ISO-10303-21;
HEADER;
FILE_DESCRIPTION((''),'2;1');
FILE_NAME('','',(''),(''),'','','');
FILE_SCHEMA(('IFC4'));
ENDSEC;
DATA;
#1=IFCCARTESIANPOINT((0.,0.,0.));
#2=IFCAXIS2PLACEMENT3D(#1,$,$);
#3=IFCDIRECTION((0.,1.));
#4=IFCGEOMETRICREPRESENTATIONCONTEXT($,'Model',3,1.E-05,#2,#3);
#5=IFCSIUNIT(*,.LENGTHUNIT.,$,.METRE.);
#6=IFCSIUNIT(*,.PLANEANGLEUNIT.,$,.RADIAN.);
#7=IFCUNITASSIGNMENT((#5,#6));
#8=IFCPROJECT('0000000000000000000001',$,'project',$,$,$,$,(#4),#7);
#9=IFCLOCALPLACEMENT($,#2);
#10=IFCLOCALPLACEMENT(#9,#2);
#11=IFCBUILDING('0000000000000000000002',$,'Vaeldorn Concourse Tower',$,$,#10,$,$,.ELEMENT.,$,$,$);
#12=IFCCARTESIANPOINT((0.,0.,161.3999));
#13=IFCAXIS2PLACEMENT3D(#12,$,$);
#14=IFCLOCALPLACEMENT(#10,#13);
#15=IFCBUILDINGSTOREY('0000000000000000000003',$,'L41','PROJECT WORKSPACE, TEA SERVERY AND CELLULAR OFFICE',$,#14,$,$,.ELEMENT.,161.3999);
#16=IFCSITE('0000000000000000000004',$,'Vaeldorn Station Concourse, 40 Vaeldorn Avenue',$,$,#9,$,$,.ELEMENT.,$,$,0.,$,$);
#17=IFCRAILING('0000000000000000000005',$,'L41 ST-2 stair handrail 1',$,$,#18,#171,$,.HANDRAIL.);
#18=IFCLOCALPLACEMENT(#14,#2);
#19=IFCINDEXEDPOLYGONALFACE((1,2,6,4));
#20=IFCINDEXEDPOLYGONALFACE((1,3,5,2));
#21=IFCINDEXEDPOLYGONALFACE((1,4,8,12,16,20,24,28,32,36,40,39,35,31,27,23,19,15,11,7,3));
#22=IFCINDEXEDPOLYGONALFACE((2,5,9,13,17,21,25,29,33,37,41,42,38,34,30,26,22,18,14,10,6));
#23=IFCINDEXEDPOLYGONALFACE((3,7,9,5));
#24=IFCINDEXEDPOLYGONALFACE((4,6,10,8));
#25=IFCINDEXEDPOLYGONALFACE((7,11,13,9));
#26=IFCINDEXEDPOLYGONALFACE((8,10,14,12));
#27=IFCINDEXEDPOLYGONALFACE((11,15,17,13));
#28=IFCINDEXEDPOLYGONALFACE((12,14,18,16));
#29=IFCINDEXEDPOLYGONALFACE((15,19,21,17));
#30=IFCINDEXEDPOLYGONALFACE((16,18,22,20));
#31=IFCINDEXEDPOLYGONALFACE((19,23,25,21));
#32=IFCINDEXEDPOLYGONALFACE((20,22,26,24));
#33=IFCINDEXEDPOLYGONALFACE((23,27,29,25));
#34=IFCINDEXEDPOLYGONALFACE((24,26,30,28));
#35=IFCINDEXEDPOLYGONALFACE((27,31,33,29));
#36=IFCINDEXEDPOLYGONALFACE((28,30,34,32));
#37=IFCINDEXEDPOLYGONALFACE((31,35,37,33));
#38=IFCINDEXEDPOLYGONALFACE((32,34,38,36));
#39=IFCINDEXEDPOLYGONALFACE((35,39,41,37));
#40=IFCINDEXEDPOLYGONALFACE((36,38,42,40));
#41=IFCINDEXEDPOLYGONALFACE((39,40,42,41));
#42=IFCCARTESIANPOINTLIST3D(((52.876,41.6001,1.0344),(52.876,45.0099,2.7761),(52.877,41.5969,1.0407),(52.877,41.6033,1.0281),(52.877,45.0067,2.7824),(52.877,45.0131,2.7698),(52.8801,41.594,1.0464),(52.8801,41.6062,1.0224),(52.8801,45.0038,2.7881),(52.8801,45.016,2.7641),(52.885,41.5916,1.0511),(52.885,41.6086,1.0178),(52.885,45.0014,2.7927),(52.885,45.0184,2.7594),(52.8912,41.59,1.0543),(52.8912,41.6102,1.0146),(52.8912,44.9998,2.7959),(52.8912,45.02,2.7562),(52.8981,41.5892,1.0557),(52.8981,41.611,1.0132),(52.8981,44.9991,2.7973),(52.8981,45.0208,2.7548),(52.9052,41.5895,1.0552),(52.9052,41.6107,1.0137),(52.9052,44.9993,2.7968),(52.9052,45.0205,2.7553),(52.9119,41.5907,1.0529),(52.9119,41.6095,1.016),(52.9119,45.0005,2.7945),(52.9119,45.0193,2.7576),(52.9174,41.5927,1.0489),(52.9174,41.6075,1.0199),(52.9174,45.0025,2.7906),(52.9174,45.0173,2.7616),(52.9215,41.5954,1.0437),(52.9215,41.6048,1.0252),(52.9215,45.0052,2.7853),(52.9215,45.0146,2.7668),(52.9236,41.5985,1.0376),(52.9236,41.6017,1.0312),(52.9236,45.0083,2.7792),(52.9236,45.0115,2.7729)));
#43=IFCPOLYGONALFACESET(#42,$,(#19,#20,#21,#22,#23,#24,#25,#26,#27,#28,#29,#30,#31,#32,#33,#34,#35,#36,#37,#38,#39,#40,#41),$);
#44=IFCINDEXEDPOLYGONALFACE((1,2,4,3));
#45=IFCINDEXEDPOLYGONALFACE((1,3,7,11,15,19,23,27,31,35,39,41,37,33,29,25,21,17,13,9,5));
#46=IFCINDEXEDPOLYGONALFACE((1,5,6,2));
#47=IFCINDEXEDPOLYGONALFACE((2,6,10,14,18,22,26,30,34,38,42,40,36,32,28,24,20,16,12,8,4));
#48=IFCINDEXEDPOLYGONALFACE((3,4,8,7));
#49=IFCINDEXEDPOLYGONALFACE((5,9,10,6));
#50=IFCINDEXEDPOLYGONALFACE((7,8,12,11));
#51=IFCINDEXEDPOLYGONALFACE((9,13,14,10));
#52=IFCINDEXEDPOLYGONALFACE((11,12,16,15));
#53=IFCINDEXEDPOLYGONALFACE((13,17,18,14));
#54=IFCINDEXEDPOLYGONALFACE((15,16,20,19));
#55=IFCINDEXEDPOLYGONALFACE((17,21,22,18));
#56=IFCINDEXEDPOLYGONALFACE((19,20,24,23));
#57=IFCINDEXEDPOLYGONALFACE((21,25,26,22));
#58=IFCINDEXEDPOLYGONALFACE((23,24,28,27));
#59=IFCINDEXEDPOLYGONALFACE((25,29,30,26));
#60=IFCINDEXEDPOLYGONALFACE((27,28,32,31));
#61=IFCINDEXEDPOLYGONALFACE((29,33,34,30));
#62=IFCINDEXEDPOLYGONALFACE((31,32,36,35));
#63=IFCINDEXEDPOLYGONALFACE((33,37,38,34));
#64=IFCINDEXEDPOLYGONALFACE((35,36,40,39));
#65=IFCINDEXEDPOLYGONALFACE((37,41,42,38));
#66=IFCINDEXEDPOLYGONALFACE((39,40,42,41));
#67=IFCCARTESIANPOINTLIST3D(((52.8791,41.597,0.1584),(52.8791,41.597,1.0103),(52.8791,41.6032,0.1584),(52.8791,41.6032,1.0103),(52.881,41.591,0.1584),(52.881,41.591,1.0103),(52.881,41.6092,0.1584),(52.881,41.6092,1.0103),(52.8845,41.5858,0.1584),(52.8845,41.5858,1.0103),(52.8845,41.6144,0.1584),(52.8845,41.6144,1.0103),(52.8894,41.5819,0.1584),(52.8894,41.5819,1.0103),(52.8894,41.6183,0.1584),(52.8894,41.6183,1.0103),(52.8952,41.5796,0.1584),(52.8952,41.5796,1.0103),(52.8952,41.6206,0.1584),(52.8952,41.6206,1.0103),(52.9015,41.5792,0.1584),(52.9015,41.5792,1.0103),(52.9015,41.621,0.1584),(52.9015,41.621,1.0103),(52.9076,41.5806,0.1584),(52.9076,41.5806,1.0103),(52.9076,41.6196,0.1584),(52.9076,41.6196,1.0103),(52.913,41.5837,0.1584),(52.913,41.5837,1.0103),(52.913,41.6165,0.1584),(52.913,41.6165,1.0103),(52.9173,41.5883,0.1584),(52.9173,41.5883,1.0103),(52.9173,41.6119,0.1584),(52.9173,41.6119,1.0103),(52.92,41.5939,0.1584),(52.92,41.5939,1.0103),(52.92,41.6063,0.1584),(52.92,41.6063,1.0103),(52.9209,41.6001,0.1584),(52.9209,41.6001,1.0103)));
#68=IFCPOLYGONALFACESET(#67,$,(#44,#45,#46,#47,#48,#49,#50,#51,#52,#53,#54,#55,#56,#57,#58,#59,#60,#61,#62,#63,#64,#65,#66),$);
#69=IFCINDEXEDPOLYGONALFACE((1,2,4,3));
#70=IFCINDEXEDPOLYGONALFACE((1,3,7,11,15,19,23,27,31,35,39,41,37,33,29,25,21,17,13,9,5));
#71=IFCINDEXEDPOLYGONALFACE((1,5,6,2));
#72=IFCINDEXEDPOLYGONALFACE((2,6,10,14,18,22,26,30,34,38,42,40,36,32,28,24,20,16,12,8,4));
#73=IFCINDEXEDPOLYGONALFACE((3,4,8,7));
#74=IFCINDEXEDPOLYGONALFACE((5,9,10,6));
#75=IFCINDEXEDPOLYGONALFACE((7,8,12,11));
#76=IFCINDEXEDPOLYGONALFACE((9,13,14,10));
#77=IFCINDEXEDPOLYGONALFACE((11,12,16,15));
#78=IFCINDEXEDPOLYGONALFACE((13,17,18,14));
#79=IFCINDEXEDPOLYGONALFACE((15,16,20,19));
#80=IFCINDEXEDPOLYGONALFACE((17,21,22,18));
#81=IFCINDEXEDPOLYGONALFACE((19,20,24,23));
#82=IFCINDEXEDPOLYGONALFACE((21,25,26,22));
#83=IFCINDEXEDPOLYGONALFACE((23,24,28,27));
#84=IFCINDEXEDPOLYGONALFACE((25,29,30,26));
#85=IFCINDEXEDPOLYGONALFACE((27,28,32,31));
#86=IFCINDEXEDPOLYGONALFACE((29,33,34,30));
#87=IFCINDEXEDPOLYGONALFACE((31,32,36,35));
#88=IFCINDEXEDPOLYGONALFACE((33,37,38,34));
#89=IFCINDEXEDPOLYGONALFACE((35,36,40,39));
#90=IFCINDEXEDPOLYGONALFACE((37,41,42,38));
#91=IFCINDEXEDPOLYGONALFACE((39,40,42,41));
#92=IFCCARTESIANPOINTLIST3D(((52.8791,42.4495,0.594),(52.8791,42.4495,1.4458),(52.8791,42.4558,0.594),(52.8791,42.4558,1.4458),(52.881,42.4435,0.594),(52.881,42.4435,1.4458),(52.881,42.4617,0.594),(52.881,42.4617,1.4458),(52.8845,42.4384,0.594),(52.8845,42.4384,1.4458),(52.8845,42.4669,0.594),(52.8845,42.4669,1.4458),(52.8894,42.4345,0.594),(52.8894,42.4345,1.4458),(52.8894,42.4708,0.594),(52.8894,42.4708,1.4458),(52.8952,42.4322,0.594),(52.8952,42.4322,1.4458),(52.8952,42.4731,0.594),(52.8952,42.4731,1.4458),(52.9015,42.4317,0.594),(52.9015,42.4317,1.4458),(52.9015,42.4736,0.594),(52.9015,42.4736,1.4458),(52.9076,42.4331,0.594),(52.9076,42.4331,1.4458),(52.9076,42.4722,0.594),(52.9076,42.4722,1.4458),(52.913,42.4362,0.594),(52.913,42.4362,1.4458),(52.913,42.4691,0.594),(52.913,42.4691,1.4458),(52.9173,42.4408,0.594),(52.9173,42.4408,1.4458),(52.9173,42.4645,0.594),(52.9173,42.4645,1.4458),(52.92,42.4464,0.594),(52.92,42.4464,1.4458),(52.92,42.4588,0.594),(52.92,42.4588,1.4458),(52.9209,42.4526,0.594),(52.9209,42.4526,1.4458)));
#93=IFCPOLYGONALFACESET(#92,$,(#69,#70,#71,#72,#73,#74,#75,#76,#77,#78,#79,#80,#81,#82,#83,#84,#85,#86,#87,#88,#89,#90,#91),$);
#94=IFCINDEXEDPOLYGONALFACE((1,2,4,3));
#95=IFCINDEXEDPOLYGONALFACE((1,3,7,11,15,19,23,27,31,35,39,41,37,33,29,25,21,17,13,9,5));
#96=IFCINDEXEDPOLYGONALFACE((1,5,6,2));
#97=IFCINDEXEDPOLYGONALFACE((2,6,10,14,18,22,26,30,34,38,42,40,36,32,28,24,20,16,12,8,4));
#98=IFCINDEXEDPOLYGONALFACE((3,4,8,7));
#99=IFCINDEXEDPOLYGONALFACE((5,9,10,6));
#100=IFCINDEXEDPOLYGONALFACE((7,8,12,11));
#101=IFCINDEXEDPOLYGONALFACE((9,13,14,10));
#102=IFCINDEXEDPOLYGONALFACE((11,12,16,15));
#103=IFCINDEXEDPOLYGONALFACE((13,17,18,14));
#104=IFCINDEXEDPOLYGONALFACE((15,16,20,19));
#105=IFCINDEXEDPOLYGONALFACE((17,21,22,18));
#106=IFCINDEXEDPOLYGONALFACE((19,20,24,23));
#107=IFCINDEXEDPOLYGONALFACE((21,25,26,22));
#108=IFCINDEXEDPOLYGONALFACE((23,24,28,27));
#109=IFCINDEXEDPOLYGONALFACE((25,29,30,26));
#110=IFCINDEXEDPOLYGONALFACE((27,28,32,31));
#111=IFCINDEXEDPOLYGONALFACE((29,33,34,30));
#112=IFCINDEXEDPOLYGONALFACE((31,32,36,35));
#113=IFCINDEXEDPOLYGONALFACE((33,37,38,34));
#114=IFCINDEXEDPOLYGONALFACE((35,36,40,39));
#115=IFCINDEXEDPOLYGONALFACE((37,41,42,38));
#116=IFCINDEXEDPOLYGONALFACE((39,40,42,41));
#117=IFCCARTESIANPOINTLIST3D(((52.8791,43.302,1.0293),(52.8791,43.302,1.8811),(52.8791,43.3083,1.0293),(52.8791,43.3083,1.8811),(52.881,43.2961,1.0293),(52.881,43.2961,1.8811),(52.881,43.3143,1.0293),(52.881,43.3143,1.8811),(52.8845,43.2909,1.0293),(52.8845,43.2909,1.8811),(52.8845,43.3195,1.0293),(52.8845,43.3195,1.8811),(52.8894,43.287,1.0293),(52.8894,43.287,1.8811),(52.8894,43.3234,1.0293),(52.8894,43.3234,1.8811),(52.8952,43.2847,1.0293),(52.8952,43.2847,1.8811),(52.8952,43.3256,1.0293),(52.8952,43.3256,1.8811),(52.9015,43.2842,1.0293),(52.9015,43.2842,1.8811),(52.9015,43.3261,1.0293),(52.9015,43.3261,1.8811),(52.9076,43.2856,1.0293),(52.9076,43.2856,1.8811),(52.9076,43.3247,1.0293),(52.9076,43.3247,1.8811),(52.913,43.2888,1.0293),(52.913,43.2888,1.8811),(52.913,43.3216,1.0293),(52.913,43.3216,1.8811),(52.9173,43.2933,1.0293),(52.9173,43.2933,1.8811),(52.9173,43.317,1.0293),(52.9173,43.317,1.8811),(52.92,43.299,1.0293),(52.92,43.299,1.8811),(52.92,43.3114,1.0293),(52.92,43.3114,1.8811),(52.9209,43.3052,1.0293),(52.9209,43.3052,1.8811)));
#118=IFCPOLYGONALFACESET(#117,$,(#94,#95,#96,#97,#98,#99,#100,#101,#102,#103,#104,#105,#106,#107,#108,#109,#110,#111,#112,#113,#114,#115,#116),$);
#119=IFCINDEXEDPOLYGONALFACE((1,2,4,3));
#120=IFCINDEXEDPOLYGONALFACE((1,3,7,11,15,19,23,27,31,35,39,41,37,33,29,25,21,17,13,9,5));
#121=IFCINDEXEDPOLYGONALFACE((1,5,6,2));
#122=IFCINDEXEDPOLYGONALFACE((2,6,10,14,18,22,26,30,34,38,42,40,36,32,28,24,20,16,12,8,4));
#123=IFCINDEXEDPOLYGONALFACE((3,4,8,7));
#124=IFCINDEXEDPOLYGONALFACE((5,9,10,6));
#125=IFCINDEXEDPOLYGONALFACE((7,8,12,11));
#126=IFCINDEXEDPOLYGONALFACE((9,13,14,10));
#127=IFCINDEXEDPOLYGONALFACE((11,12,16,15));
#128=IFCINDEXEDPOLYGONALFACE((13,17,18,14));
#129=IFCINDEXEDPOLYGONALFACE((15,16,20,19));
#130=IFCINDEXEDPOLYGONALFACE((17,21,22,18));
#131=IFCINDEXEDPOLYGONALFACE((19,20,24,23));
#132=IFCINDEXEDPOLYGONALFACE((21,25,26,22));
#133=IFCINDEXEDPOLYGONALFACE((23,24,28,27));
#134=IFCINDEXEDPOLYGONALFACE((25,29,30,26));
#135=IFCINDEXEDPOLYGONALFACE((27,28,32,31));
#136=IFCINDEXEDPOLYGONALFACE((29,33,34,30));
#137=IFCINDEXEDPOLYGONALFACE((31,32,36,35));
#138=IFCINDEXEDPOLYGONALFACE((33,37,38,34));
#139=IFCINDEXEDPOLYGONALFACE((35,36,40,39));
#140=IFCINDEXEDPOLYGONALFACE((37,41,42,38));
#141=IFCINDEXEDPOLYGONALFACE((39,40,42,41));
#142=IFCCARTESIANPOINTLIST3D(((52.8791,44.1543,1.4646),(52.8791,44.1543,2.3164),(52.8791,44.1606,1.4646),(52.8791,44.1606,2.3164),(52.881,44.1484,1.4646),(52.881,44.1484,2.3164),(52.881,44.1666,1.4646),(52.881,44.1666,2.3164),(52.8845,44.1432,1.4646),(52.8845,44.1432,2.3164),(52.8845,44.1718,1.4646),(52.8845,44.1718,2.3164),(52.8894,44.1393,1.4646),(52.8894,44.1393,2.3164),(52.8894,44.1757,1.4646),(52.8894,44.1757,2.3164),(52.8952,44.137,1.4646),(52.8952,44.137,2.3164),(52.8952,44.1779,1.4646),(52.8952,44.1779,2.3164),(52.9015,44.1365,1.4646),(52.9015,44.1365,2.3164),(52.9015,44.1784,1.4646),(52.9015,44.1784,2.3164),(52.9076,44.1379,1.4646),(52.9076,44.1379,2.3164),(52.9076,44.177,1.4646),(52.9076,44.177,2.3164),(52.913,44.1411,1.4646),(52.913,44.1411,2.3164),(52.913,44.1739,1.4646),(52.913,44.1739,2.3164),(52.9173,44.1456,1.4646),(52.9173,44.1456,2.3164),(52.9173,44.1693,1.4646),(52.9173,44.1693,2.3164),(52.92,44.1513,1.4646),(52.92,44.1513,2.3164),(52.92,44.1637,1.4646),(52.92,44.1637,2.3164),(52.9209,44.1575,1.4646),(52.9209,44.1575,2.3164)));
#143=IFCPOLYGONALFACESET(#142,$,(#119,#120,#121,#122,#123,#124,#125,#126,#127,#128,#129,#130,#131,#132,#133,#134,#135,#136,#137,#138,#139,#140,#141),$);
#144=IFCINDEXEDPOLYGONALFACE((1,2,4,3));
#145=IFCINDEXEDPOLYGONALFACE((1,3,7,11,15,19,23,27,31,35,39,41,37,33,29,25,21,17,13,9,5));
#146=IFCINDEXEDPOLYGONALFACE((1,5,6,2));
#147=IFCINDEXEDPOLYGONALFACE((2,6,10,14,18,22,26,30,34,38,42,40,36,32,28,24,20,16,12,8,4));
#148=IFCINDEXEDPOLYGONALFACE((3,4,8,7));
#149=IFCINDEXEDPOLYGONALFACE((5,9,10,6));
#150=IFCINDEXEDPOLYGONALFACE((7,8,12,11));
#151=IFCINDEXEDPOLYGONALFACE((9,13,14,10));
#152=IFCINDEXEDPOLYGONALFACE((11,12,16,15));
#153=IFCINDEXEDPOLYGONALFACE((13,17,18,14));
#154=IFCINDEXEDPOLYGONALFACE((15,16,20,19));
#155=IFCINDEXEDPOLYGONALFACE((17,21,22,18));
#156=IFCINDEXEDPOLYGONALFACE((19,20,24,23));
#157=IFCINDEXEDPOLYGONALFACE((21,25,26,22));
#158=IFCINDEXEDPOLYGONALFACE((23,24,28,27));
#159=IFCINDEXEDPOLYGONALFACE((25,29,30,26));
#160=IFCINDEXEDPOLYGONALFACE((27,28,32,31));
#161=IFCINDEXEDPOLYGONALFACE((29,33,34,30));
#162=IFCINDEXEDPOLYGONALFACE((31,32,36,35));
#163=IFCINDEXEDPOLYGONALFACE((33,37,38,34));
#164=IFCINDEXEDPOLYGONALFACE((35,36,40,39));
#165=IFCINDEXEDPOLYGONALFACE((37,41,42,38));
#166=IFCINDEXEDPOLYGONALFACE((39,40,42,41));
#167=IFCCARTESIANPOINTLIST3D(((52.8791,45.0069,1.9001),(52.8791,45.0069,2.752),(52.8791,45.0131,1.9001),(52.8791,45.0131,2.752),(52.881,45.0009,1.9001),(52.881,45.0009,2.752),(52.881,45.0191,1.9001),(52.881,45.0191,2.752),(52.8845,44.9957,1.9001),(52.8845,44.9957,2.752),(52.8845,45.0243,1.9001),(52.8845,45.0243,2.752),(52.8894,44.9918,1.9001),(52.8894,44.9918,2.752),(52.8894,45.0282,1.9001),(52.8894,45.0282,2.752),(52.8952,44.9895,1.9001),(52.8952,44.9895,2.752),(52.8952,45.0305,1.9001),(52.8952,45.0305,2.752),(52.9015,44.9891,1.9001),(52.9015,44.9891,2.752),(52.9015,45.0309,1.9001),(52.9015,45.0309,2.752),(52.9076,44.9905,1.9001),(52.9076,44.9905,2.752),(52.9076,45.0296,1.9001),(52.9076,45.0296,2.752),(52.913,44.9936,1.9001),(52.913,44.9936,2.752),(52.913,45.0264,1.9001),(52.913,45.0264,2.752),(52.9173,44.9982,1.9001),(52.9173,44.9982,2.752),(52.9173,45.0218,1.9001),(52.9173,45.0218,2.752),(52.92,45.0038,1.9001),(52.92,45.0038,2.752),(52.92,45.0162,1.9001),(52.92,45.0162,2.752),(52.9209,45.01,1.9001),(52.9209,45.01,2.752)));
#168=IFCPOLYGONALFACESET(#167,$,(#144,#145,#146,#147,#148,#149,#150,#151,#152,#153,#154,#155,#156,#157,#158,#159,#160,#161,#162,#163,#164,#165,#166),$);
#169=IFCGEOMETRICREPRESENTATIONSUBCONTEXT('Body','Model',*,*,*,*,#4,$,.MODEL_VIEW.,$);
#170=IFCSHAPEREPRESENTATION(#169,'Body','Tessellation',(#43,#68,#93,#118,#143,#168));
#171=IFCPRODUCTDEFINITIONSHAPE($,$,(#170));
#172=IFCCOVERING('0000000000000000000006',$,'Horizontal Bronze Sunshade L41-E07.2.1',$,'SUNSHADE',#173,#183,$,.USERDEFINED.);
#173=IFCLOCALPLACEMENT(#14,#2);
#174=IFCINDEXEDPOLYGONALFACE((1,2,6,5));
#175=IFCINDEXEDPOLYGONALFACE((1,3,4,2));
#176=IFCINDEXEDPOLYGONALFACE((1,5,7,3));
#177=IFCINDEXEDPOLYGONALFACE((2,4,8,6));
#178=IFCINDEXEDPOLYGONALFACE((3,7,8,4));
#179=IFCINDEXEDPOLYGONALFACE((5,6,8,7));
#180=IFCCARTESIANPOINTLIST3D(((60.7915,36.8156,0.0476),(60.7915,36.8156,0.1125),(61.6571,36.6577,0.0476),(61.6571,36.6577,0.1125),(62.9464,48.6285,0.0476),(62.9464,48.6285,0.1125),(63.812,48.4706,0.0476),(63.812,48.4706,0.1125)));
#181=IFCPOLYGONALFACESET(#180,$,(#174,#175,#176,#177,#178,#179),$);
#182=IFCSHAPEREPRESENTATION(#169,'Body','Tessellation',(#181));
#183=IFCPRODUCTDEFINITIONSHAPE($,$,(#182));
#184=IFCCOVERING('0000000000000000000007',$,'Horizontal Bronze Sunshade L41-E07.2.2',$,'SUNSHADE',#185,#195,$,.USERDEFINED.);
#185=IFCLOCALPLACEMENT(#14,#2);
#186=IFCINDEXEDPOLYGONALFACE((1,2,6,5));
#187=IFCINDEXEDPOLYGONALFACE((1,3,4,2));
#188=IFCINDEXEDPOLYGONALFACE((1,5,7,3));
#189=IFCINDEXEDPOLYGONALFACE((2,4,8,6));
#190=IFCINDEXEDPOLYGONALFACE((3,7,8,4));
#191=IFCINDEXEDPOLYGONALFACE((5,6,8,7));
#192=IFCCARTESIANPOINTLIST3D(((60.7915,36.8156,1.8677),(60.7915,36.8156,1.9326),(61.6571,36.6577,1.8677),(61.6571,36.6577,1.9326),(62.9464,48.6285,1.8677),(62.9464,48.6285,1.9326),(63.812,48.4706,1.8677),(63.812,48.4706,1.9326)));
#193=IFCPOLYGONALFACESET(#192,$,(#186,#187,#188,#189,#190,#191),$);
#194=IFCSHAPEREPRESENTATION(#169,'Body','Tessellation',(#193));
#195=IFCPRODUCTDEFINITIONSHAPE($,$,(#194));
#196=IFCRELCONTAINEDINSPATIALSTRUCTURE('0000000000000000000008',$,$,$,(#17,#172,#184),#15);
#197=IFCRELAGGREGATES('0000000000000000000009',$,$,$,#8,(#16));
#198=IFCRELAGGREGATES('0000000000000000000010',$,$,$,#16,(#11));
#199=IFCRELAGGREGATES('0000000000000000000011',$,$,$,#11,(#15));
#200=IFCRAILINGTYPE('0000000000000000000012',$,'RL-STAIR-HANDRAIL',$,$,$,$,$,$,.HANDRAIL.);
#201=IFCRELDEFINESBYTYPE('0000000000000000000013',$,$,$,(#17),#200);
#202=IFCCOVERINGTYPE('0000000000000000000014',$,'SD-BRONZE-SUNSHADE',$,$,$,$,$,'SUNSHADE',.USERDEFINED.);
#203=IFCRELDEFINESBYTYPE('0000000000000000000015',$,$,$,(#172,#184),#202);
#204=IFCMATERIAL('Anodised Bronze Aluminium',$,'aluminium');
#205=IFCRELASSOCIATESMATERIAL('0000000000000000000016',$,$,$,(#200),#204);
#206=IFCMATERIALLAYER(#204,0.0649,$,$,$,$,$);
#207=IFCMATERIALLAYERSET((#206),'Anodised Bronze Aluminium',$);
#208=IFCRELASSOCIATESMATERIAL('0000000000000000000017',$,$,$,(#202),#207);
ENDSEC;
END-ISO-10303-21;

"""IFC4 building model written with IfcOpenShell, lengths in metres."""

from ifc_helpers import new_model, si_unit, direction, frame, origin, origin_2d, place, context, subcontext, project, spatial, rectangle, circle, extrude, source, transform, mapped, material, layer, layer_set, type_object, element, save


model = new_model("IFC4")

# Units and contexts
model_context = context("Model", 3, precision=1e-05, world=origin(), true_north=direction((0.0, 1.0)))
body_context = subcontext(model_context, "Body", "Model", "MODEL_VIEW")
ifc_project = project(units=[si_unit("LENGTHUNIT", "METRE"), si_unit("PLANEANGLEUNIT", "RADIAN")], contexts=[model_context])

# Site, building, storey
site_placement = place(None, origin())
site = spatial("IfcSite", under=ifc_project, at=site_placement, Name="Vaeldorn Station Concourse, 40 Vaeldorn Avenue", CompositionType="ELEMENT", RefElevation=0.0)
building_placement = place(site_placement, origin())
building = spatial("IfcBuilding", under=site, at=building_placement, Name="Vaeldorn Concourse Tower", CompositionType="ELEMENT")
storey_placement = place(building_placement, frame((0.0, 0.0, 161.3999)))
storey = spatial("IfcBuildingStorey", under=building, at=storey_placement, Name="L41", Description="PROJECT WORKSPACE, TEA SERVERY AND CELLULAR OFFICE", CompositionType="ELEMENT", Elevation=161.3999)

# Shared definitions
ifc_material_1 = material(Name="Anodised Bronze Aluminium", Category="aluminium")

# Railing
railing_type_1 = type_object("IfcRailingType", Name="RL-STAIR-HANDRAIL", PredefinedType="HANDRAIL", material=ifc_material_1)
railing_1_placement = place(storey_placement, frame((52.8999, 41.6001, 0.1584)))
element("IfcRailing", 1, at=railing_1_placement, inside=storey, type_object=railing_type_1, Name="L41 ST-2 stair handrail 1", PredefinedType="HANDRAIL", context=body_context, shape_type="SweptSolid", body=[
    extrude(circle(Radius=0.0239, at=origin_2d()), frame((0.0, 0.0, 0.876), z_axis=(0.0, 0.890556, 0.454874), x_axis=(-1.0, 0.0, 0.0)), (0.0, 0.0, 1.0), 3.8289),
    extrude(circle(Radius=0.021, at=origin_2d()), origin(), (0.0, 0.0, 1.0), 0.8518),
    extrude(circle(Radius=0.021, at=origin_2d()), frame((0.0, 0.8525, 0.4355)), (0.0, 0.0, 1.0), 0.8518),
    extrude(circle(Radius=0.021, at=origin_2d()), frame((0.0, 1.7051, 0.8708)), (0.0, 0.0, 1.0), 0.8518),
    extrude(circle(Radius=0.021, at=origin_2d()), frame((0.0, 2.5574, 1.3062)), (0.0, 0.0, 1.0), 0.8518),
    extrude(circle(Radius=0.021, at=origin_2d()), frame((0.0, 3.4099, 1.7417)), (0.0, 0.0, 1.0), 0.8518),
])

# Coverings
ifc_layer_1 = layer(ifc_material_1, 0.0649)
ifc_layer_set_1 = layer_set([ifc_layer_1], Name="Anodised Bronze Aluminium")
covering_type = type_object("IfcCoveringType", Name="SD-BRONZE-SUNSHADE", ElementType="SUNSHADE", PredefinedType="USERDEFINED", material=ifc_layer_set_1)
shared_shape_1 = source(origin(), body_context, "Body", "SweptSolid", [
    extrude(rectangle(XDim=12.0078, YDim=0.8799, at=origin_2d()), origin(), (0.0, 0.0, 1.0), 0.0649),
])
for number, where, z_axis, x_axis, name in (
    (2, (62.3018, 42.6431, 0.0476), (0.0, 0.0, 1.0), (0.179455, 0.983766, 0.0), "Horizontal Bronze Sunshade L41-E07.2.1"),
    (3, (62.3018, 42.6431, 1.8677), (0.0, 0.0, 1.0), (0.179455, 0.983766, 0.0), "Horizontal Bronze Sunshade L41-E07.2.2"),
):
    element("IfcCovering", number, at=place(storey_placement, frame(where, z_axis=z_axis, x_axis=x_axis)), inside=storey, type_object=covering_type, Name=name, ObjectType="SUNSHADE", PredefinedType="USERDEFINED", context=body_context, shape_type="MappedRepresentation", body=[
        mapped(shared_shape_1, transform((0.0, 0.0, 0.0), scale=1.0)),
    ])

save(model, "model.ifc")
